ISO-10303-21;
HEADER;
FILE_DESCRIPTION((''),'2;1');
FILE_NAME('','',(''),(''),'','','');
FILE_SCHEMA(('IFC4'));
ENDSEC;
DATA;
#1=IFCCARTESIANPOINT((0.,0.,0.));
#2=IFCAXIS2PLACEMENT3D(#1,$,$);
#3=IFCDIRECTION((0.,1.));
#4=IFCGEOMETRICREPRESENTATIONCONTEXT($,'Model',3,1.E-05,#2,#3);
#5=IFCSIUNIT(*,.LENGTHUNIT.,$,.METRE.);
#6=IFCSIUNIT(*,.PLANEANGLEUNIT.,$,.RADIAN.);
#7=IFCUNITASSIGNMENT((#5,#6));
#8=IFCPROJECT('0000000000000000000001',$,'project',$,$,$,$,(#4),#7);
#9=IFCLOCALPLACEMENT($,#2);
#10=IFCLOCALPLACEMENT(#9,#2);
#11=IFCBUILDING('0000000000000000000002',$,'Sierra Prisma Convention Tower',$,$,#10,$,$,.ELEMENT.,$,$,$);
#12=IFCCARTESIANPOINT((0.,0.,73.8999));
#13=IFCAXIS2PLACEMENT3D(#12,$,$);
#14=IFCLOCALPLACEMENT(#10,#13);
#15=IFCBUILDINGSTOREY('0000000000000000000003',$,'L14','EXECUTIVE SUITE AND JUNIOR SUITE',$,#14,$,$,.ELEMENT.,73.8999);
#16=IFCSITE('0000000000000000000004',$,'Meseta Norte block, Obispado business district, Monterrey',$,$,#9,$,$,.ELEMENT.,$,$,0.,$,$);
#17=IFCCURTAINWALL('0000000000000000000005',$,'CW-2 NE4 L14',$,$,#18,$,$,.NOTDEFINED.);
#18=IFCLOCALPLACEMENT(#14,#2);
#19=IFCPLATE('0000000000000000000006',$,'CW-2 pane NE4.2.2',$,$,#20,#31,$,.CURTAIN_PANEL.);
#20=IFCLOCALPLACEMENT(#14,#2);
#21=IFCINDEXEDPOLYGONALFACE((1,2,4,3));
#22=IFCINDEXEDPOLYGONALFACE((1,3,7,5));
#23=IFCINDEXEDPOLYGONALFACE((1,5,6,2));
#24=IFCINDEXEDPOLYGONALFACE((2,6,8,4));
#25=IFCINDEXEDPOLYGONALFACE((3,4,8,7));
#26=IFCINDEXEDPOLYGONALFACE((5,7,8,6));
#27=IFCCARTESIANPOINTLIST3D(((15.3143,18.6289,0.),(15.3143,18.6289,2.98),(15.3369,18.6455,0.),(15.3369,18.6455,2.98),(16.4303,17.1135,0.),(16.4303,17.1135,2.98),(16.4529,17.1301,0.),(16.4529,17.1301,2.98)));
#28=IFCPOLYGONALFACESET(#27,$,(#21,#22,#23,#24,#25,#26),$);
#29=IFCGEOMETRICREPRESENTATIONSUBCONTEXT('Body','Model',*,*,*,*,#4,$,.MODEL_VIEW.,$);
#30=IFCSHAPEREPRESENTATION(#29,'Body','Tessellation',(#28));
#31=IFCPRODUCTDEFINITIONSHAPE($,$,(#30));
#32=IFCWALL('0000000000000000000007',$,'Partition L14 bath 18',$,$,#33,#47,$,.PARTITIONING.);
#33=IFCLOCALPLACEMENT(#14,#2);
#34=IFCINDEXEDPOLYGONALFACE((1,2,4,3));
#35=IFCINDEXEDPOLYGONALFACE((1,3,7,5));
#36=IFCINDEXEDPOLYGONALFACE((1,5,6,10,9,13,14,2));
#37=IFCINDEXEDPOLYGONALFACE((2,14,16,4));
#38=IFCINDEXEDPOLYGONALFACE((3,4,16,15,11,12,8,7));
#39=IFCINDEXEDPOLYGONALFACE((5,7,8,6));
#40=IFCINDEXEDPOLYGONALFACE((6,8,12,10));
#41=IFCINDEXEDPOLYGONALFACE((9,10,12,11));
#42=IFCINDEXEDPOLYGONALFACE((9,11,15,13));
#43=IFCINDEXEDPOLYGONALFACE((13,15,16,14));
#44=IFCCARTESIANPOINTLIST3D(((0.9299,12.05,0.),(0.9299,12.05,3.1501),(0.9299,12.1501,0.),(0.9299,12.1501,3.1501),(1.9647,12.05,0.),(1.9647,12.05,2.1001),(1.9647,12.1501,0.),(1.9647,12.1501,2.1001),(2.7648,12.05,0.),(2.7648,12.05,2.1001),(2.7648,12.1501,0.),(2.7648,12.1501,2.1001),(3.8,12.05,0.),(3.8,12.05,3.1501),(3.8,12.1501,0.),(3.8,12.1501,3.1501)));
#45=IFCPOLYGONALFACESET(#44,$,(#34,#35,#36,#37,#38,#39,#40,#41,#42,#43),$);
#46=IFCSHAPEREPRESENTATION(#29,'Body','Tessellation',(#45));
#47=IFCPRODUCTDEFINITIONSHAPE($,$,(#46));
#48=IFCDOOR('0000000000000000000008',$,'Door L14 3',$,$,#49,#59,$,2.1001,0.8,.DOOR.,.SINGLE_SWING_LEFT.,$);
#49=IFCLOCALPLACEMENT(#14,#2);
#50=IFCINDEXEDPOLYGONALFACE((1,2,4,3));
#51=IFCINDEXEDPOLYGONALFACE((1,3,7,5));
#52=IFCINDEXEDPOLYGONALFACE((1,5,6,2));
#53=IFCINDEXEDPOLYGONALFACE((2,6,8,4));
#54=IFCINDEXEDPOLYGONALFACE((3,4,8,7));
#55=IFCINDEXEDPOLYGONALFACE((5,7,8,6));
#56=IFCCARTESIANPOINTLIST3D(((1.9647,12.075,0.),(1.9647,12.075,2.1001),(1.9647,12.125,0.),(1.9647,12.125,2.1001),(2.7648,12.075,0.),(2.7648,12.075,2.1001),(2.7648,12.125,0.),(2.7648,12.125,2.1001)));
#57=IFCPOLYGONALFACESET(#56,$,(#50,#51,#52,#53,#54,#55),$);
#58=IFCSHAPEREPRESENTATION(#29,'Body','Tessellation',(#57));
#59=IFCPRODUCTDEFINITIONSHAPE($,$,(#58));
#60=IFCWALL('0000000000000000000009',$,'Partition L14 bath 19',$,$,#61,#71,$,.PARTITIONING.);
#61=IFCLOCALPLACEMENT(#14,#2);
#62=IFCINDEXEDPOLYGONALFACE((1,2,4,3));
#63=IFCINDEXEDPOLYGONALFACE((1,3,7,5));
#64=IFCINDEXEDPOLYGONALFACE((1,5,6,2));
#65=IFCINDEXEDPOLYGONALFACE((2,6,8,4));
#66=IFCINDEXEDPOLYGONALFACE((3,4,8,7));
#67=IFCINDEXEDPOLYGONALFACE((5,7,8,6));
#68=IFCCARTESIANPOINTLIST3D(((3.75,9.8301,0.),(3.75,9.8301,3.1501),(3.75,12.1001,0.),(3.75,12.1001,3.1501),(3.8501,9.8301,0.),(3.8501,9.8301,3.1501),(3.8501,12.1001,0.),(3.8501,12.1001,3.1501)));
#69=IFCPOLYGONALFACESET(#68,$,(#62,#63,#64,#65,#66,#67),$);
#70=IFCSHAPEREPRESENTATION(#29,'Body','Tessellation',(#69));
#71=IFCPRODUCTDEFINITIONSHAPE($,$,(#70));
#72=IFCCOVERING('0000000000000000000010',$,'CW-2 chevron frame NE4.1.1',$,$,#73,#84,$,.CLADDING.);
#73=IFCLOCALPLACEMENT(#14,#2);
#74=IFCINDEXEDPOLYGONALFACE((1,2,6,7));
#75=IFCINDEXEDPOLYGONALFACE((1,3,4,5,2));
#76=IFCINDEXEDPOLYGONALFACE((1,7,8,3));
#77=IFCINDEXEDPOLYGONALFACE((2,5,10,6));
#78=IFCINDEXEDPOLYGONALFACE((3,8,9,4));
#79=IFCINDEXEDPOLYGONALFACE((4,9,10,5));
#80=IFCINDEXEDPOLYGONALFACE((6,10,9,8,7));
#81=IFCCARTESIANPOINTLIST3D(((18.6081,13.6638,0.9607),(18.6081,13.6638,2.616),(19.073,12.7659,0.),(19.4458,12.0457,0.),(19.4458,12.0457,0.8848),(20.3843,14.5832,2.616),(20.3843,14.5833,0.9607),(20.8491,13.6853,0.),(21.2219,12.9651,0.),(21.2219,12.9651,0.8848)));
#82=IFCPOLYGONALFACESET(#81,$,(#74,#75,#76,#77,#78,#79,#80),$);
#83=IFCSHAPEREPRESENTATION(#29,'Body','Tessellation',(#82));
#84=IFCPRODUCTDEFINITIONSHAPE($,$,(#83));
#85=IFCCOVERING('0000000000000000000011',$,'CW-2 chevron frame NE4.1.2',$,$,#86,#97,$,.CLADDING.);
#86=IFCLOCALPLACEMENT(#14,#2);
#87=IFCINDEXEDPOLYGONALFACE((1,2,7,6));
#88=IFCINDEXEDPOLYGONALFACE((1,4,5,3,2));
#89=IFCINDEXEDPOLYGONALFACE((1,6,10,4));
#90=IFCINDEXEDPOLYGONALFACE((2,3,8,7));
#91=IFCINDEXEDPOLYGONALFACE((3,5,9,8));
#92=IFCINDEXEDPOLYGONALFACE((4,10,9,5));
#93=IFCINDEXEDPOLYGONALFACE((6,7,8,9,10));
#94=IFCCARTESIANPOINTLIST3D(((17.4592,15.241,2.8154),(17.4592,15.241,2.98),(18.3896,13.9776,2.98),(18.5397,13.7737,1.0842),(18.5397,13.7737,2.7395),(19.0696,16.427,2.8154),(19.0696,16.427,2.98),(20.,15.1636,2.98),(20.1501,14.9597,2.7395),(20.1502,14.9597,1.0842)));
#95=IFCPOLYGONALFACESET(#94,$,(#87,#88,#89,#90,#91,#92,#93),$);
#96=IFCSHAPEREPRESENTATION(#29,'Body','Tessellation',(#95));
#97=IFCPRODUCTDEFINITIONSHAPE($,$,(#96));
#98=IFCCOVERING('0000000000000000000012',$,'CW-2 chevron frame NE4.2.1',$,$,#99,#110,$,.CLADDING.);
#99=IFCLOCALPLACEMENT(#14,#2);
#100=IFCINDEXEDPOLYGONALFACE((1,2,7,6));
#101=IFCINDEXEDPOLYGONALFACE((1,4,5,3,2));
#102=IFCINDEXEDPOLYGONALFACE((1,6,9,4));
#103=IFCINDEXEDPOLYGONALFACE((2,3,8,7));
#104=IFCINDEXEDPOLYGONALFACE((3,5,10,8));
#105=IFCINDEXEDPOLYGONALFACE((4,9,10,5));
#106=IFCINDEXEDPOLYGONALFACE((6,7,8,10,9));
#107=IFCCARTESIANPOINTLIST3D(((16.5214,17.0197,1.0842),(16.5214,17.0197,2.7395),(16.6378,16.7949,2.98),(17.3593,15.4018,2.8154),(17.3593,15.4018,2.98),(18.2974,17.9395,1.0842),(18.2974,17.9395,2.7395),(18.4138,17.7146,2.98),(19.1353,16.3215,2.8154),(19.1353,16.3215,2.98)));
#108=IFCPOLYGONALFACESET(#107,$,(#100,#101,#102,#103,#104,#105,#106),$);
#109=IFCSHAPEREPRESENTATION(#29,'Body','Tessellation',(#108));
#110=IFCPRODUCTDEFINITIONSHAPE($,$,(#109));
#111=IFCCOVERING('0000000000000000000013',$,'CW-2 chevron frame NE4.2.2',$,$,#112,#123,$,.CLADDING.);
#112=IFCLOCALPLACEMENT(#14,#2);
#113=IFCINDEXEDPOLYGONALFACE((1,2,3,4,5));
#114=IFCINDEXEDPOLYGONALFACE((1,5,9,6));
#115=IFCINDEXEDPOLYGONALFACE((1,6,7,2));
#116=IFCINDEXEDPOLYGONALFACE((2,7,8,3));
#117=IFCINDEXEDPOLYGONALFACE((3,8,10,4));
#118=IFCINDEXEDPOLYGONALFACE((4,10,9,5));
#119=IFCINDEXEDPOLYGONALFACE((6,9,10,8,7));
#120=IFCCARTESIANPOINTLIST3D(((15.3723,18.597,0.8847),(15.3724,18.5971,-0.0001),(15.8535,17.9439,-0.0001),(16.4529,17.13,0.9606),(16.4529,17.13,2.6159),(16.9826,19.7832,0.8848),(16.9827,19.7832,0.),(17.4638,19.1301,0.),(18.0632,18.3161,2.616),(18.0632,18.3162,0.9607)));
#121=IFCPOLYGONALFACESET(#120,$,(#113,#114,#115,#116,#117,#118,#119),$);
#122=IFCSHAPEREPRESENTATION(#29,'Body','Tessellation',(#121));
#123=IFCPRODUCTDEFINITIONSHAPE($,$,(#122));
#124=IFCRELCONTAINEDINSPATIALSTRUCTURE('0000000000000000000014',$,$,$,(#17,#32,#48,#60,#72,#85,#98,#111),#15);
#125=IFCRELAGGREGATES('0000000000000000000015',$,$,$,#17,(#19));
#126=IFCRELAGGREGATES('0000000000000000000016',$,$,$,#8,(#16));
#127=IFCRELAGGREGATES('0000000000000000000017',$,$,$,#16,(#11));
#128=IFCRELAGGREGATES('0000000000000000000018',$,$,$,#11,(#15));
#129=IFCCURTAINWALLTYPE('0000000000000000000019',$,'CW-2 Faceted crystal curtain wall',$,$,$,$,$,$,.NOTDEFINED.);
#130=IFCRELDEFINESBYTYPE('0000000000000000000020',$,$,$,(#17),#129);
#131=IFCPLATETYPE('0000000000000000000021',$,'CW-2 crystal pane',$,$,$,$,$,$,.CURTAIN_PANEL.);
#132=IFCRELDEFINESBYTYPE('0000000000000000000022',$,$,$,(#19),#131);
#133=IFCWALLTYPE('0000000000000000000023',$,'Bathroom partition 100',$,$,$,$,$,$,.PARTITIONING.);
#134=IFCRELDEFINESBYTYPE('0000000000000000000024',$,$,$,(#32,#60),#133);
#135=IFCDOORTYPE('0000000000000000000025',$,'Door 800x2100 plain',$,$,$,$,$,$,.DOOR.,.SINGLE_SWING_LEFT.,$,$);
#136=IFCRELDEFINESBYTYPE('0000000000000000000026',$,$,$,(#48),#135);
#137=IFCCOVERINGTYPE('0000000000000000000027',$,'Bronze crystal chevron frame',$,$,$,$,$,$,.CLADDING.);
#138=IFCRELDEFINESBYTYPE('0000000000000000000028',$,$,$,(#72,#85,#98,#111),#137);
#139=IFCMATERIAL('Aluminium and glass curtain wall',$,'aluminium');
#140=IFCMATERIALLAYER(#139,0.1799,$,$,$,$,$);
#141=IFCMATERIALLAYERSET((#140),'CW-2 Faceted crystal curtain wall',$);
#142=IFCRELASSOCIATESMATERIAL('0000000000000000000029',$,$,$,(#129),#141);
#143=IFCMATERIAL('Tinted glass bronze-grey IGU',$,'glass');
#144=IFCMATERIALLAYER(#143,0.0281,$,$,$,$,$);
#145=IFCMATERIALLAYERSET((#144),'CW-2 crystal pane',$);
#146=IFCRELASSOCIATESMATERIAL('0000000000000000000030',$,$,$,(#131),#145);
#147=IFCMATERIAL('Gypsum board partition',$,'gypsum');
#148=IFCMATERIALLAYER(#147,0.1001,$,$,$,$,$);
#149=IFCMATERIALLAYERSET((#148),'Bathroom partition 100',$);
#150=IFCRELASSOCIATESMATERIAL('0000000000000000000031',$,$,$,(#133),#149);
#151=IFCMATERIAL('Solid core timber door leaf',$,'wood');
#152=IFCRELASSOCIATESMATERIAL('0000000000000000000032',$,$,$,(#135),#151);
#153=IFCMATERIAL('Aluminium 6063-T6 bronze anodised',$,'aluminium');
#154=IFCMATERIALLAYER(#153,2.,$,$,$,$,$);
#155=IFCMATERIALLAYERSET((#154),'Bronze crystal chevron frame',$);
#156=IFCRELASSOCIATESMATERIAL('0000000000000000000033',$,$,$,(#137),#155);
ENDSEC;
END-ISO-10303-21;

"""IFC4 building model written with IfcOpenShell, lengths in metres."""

from ifc_helpers import new_model, si_unit, direction, frame, frame_2d, origin, place, context, subcontext, project, spatial, polyline, rectangle, outline, extrude, material, layer, layer_set, type_object, element, fill, aggregate, save


model = new_model("IFC4")

# Units and contexts
model_context = context("Model", 3, precision=1e-05, world=origin(), true_north=direction((0.0, 1.0)))
body_context = subcontext(model_context, "Body", "Model", "MODEL_VIEW")
ifc_project = project(units=[si_unit("LENGTHUNIT", "METRE"), si_unit("PLANEANGLEUNIT", "RADIAN")], contexts=[model_context])

# Site, building, storey
site_placement = place(None, origin())
site = spatial("IfcSite", under=ifc_project, at=site_placement, Name="Meseta Norte block, Obispado business district, Monterrey", CompositionType="ELEMENT", RefElevation=0.0)
building_placement = place(site_placement, origin())
building = spatial("IfcBuilding", under=site, at=building_placement, Name="Sierra Prisma Convention Tower", CompositionType="ELEMENT")
storey_placement = place(building_placement, frame((0.0, 0.0, 73.8999)))
storey = spatial("IfcBuildingStorey", under=building, at=storey_placement, Name="L14", Description="EXECUTIVE SUITE AND JUNIOR SUITE", CompositionType="ELEMENT", Elevation=73.8999)

# Curtain wall
ifc_material_1 = material(Name="Aluminium and glass curtain wall", Category="aluminium")
ifc_layer_1 = layer(ifc_material_1, 0.1799)
ifc_layer_set_1 = layer_set([ifc_layer_1], Name="CW-2 Faceted crystal curtain wall")
curtain_wall_type_1 = type_object("IfcCurtainWallType", Name="CW-2 Faceted crystal curtain wall", PredefinedType="NOTDEFINED", material=ifc_layer_set_1)
curtain_wall_1_placement = place(storey_placement, origin())
curtain_wall_1 = element("IfcCurtainWall", 1, at=curtain_wall_1_placement, inside=storey, type_object=curtain_wall_type_1, Name="CW-2 NE4 L14", PredefinedType="NOTDEFINED")

# Plate
ifc_material_2 = material(Name="Tinted glass bronze-grey IGU", Category="glass")
ifc_layer_2 = layer(ifc_material_2, 0.0281)
ifc_layer_set_2 = layer_set([ifc_layer_2], Name="CW-2 crystal pane")
plate_type_1 = type_object("IfcPlateType", Name="CW-2 crystal pane", PredefinedType="CURTAIN_PANEL", material=ifc_layer_set_2)
plate_1_placement = place(storey_placement, frame((15.3369, 18.6455, 0.0), z_axis=(0.805216, 0.592982, 0.0), x_axis=(0.592982, -0.805216, 0.0)))
plate_1 = element("IfcPlate", 2, at=plate_1_placement, type_object=plate_type_1, Name="CW-2 pane NE4.2.2", PredefinedType="CURTAIN_PANEL", context=body_context, shape_type="SweptSolid", body=[
    extrude(outline(polyline([(0.0, 0.0), (1.882, 0.0), (1.882, -2.98), (0.0, -2.98), (0.0, 0.0)])), origin(), (0.0, 0.0, -1.0), 0.0281),
])
aggregate(curtain_wall_1, [plate_1])

# Wall, opening, door
ifc_material_3 = material(Name="Gypsum board partition", Category="gypsum")
ifc_layer_3 = layer(ifc_material_3, 0.1001)
ifc_layer_set_3 = layer_set([ifc_layer_3], Name="Bathroom partition 100")
wall_type = type_object("IfcWallType", Name="Bathroom partition 100", PredefinedType="PARTITIONING", material=ifc_layer_set_3)
wall_1_placement = place(storey_placement, frame((0.9299, 12.1001, 0.0), z_axis=(0.0, 0.0, 1.0), x_axis=(1.0, 0.0, 0.0)))
wall_1 = element("IfcWall", 3, at=wall_1_placement, inside=storey, type_object=wall_type, Name="Partition L14 bath 18", PredefinedType="PARTITIONING", context=body_context, shape_type="SweptSolid", body=[
    extrude(rectangle(XDim=2.8701, YDim=0.1001, at=frame_2d((1.4351, 0.0))), origin(), (0.0, 0.0, 1.0), 3.1501),
])
opening_placement = place(wall_1_placement, frame((1.0349, 0.0, 0.0)))
opening = element("IfcOpeningElement", 4, at=opening_placement, cuts=wall_1, PredefinedType="OPENING", context=body_context, shape_type="SweptSolid", body=[
    extrude(rectangle(XDim=0.8, YDim=2.1001, at=frame_2d((0.3999, 1.05))), frame((0.0, 0.05, 0.0), z_axis=(0.0, -1.0, 0.0), x_axis=(1.0, 0.0, 0.0)), (0.0, 0.0, 1.0), 0.1001),
])
ifc_material_4 = material(Name="Solid core timber door leaf", Category="wood")
door_type = type_object("IfcDoorType", Name="Door 800x2100 plain", OperationType="SINGLE_SWING_LEFT", PredefinedType="DOOR", material=ifc_material_4)
door_placement = place(opening_placement, origin())
door = element("IfcDoor", 5, at=door_placement, inside=storey, type_object=door_type, Name="Door L14 3", OperationType="SINGLE_SWING_LEFT", OverallHeight=2.1001, OverallWidth=0.8, PredefinedType="DOOR", context=body_context, shape_type="SweptSolid", body=[
    extrude(rectangle(XDim=0.8, YDim=2.1001, at=frame_2d((0.3999, 1.05))), frame((0.0, 0.0249, 0.0), z_axis=(0.0, -1.0, 0.0), x_axis=(1.0, 0.0, 0.0)), (0.0, 0.0, 1.0), 0.05),
])
fill(opening, door)

# Wall
wall_2_placement = place(storey_placement, frame((3.8, 12.1001, 0.0), z_axis=(0.0, 0.0, 1.0), x_axis=(0.0, -1.0, 0.0)))
element("IfcWall", 6, at=wall_2_placement, inside=storey, type_object=wall_type, Name="Partition L14 bath 19", PredefinedType="PARTITIONING", context=body_context, shape_type="SweptSolid", body=[
    extrude(rectangle(XDim=2.27, YDim=0.1001, at=frame_2d((1.135, 0.0))), origin(), (0.0, 0.0, 1.0), 3.1501),
])

# Coverings
ifc_material_5 = material(Name="Aluminium 6063-T6 bronze anodised", Category="aluminium")
ifc_layer_4 = layer(ifc_material_5, 2.0)
ifc_layer_set_4 = layer_set([ifc_layer_4], Name="Bronze crystal chevron frame")
covering_type = type_object("IfcCoveringType", Name="Bronze crystal chevron frame", PredefinedType="CLADDING", material=ifc_layer_set_4)
covering_1_placement = place(storey_placement, frame((21.2219, 12.9651, 0.0), z_axis=(0.88807, 0.459708, 0.000005), x_axis=(-0.459708, 0.88807, 0.0)))
element("IfcCovering", 7, at=covering_1_placement, inside=storey, type_object=covering_type, Name="CW-2 chevron frame NE4.1.1", PredefinedType="CLADDING", context=body_context, shape_type="SweptSolid", body=[
    extrude(outline(polyline([(0.0, 0.0), (0.811, 0.0), (1.8221, 0.9607), (1.8221, 2.616), (0.0, 0.8848), (0.0, 0.0)])), origin(), (0.0, 0.0, -1.0), 2.0),
])
covering_2_placement = place(storey_placement, frame((20.1501, 14.9597, 2.7395), z_axis=(0.805211, 0.592988, 0.000007), x_axis=(0.000006, 0.000004, -1.0)))
element("IfcCovering", 8, at=covering_2_placement, inside=storey, type_object=covering_type, Name="CW-2 chevron frame NE4.1.2", PredefinedType="CLADDING", context=body_context, shape_type="SweptSolid", body=[
    extrude(outline(polyline([(0.0, 0.0), (1.6553, 0.0), (-0.0759, 1.8222), (-0.2405, 1.8222), (-0.2405, 0.2532), (0.0, 0.0)])), origin(), (0.0, 0.0, -1.0), 2.0),
])
covering_3_placement = place(storey_placement, frame((19.1353, 16.3215, 2.98), z_axis=(0.887986, 0.459871, -0.000003), x_axis=(-0.000003, -0.000002, -1.0)))
element("IfcCovering", 9, at=covering_3_placement, inside=storey, type_object=covering_type, Name="CW-2 chevron frame NE4.2.1", PredefinedType="CLADDING", context=body_context, shape_type="SweptSolid", body=[
    extrude(outline(polyline([(0.0, 0.0), (0.1646, 0.0), (1.8958, 1.822), (0.2405, 1.822), (0.0, 1.5688), (0.0, 0.0)])), origin(), (0.0, 0.0, -1.0), 2.0),
])
covering_4_placement = place(storey_placement, frame((16.9827, 19.7832, 0.0), z_axis=(0.805149, 0.593072, 0.000046), x_axis=(-0.000037, -0.000027, 1.0)))
element("IfcCovering", 10, at=covering_4_placement, inside=storey, type_object=covering_type, Name="CW-2 chevron frame NE4.2.2", PredefinedType="CLADDING", context=body_context, shape_type="SweptSolid", body=[
    extrude(outline(polyline([(0.0, 0.0), (0.8848, 0.0), (2.616, 1.822), (0.9607, 1.822), (0.0, 0.8112), (0.0, 0.0)])), origin(), (0.0, 0.0, -1.0), 2.0),
])

save(model, "model.ifc")
